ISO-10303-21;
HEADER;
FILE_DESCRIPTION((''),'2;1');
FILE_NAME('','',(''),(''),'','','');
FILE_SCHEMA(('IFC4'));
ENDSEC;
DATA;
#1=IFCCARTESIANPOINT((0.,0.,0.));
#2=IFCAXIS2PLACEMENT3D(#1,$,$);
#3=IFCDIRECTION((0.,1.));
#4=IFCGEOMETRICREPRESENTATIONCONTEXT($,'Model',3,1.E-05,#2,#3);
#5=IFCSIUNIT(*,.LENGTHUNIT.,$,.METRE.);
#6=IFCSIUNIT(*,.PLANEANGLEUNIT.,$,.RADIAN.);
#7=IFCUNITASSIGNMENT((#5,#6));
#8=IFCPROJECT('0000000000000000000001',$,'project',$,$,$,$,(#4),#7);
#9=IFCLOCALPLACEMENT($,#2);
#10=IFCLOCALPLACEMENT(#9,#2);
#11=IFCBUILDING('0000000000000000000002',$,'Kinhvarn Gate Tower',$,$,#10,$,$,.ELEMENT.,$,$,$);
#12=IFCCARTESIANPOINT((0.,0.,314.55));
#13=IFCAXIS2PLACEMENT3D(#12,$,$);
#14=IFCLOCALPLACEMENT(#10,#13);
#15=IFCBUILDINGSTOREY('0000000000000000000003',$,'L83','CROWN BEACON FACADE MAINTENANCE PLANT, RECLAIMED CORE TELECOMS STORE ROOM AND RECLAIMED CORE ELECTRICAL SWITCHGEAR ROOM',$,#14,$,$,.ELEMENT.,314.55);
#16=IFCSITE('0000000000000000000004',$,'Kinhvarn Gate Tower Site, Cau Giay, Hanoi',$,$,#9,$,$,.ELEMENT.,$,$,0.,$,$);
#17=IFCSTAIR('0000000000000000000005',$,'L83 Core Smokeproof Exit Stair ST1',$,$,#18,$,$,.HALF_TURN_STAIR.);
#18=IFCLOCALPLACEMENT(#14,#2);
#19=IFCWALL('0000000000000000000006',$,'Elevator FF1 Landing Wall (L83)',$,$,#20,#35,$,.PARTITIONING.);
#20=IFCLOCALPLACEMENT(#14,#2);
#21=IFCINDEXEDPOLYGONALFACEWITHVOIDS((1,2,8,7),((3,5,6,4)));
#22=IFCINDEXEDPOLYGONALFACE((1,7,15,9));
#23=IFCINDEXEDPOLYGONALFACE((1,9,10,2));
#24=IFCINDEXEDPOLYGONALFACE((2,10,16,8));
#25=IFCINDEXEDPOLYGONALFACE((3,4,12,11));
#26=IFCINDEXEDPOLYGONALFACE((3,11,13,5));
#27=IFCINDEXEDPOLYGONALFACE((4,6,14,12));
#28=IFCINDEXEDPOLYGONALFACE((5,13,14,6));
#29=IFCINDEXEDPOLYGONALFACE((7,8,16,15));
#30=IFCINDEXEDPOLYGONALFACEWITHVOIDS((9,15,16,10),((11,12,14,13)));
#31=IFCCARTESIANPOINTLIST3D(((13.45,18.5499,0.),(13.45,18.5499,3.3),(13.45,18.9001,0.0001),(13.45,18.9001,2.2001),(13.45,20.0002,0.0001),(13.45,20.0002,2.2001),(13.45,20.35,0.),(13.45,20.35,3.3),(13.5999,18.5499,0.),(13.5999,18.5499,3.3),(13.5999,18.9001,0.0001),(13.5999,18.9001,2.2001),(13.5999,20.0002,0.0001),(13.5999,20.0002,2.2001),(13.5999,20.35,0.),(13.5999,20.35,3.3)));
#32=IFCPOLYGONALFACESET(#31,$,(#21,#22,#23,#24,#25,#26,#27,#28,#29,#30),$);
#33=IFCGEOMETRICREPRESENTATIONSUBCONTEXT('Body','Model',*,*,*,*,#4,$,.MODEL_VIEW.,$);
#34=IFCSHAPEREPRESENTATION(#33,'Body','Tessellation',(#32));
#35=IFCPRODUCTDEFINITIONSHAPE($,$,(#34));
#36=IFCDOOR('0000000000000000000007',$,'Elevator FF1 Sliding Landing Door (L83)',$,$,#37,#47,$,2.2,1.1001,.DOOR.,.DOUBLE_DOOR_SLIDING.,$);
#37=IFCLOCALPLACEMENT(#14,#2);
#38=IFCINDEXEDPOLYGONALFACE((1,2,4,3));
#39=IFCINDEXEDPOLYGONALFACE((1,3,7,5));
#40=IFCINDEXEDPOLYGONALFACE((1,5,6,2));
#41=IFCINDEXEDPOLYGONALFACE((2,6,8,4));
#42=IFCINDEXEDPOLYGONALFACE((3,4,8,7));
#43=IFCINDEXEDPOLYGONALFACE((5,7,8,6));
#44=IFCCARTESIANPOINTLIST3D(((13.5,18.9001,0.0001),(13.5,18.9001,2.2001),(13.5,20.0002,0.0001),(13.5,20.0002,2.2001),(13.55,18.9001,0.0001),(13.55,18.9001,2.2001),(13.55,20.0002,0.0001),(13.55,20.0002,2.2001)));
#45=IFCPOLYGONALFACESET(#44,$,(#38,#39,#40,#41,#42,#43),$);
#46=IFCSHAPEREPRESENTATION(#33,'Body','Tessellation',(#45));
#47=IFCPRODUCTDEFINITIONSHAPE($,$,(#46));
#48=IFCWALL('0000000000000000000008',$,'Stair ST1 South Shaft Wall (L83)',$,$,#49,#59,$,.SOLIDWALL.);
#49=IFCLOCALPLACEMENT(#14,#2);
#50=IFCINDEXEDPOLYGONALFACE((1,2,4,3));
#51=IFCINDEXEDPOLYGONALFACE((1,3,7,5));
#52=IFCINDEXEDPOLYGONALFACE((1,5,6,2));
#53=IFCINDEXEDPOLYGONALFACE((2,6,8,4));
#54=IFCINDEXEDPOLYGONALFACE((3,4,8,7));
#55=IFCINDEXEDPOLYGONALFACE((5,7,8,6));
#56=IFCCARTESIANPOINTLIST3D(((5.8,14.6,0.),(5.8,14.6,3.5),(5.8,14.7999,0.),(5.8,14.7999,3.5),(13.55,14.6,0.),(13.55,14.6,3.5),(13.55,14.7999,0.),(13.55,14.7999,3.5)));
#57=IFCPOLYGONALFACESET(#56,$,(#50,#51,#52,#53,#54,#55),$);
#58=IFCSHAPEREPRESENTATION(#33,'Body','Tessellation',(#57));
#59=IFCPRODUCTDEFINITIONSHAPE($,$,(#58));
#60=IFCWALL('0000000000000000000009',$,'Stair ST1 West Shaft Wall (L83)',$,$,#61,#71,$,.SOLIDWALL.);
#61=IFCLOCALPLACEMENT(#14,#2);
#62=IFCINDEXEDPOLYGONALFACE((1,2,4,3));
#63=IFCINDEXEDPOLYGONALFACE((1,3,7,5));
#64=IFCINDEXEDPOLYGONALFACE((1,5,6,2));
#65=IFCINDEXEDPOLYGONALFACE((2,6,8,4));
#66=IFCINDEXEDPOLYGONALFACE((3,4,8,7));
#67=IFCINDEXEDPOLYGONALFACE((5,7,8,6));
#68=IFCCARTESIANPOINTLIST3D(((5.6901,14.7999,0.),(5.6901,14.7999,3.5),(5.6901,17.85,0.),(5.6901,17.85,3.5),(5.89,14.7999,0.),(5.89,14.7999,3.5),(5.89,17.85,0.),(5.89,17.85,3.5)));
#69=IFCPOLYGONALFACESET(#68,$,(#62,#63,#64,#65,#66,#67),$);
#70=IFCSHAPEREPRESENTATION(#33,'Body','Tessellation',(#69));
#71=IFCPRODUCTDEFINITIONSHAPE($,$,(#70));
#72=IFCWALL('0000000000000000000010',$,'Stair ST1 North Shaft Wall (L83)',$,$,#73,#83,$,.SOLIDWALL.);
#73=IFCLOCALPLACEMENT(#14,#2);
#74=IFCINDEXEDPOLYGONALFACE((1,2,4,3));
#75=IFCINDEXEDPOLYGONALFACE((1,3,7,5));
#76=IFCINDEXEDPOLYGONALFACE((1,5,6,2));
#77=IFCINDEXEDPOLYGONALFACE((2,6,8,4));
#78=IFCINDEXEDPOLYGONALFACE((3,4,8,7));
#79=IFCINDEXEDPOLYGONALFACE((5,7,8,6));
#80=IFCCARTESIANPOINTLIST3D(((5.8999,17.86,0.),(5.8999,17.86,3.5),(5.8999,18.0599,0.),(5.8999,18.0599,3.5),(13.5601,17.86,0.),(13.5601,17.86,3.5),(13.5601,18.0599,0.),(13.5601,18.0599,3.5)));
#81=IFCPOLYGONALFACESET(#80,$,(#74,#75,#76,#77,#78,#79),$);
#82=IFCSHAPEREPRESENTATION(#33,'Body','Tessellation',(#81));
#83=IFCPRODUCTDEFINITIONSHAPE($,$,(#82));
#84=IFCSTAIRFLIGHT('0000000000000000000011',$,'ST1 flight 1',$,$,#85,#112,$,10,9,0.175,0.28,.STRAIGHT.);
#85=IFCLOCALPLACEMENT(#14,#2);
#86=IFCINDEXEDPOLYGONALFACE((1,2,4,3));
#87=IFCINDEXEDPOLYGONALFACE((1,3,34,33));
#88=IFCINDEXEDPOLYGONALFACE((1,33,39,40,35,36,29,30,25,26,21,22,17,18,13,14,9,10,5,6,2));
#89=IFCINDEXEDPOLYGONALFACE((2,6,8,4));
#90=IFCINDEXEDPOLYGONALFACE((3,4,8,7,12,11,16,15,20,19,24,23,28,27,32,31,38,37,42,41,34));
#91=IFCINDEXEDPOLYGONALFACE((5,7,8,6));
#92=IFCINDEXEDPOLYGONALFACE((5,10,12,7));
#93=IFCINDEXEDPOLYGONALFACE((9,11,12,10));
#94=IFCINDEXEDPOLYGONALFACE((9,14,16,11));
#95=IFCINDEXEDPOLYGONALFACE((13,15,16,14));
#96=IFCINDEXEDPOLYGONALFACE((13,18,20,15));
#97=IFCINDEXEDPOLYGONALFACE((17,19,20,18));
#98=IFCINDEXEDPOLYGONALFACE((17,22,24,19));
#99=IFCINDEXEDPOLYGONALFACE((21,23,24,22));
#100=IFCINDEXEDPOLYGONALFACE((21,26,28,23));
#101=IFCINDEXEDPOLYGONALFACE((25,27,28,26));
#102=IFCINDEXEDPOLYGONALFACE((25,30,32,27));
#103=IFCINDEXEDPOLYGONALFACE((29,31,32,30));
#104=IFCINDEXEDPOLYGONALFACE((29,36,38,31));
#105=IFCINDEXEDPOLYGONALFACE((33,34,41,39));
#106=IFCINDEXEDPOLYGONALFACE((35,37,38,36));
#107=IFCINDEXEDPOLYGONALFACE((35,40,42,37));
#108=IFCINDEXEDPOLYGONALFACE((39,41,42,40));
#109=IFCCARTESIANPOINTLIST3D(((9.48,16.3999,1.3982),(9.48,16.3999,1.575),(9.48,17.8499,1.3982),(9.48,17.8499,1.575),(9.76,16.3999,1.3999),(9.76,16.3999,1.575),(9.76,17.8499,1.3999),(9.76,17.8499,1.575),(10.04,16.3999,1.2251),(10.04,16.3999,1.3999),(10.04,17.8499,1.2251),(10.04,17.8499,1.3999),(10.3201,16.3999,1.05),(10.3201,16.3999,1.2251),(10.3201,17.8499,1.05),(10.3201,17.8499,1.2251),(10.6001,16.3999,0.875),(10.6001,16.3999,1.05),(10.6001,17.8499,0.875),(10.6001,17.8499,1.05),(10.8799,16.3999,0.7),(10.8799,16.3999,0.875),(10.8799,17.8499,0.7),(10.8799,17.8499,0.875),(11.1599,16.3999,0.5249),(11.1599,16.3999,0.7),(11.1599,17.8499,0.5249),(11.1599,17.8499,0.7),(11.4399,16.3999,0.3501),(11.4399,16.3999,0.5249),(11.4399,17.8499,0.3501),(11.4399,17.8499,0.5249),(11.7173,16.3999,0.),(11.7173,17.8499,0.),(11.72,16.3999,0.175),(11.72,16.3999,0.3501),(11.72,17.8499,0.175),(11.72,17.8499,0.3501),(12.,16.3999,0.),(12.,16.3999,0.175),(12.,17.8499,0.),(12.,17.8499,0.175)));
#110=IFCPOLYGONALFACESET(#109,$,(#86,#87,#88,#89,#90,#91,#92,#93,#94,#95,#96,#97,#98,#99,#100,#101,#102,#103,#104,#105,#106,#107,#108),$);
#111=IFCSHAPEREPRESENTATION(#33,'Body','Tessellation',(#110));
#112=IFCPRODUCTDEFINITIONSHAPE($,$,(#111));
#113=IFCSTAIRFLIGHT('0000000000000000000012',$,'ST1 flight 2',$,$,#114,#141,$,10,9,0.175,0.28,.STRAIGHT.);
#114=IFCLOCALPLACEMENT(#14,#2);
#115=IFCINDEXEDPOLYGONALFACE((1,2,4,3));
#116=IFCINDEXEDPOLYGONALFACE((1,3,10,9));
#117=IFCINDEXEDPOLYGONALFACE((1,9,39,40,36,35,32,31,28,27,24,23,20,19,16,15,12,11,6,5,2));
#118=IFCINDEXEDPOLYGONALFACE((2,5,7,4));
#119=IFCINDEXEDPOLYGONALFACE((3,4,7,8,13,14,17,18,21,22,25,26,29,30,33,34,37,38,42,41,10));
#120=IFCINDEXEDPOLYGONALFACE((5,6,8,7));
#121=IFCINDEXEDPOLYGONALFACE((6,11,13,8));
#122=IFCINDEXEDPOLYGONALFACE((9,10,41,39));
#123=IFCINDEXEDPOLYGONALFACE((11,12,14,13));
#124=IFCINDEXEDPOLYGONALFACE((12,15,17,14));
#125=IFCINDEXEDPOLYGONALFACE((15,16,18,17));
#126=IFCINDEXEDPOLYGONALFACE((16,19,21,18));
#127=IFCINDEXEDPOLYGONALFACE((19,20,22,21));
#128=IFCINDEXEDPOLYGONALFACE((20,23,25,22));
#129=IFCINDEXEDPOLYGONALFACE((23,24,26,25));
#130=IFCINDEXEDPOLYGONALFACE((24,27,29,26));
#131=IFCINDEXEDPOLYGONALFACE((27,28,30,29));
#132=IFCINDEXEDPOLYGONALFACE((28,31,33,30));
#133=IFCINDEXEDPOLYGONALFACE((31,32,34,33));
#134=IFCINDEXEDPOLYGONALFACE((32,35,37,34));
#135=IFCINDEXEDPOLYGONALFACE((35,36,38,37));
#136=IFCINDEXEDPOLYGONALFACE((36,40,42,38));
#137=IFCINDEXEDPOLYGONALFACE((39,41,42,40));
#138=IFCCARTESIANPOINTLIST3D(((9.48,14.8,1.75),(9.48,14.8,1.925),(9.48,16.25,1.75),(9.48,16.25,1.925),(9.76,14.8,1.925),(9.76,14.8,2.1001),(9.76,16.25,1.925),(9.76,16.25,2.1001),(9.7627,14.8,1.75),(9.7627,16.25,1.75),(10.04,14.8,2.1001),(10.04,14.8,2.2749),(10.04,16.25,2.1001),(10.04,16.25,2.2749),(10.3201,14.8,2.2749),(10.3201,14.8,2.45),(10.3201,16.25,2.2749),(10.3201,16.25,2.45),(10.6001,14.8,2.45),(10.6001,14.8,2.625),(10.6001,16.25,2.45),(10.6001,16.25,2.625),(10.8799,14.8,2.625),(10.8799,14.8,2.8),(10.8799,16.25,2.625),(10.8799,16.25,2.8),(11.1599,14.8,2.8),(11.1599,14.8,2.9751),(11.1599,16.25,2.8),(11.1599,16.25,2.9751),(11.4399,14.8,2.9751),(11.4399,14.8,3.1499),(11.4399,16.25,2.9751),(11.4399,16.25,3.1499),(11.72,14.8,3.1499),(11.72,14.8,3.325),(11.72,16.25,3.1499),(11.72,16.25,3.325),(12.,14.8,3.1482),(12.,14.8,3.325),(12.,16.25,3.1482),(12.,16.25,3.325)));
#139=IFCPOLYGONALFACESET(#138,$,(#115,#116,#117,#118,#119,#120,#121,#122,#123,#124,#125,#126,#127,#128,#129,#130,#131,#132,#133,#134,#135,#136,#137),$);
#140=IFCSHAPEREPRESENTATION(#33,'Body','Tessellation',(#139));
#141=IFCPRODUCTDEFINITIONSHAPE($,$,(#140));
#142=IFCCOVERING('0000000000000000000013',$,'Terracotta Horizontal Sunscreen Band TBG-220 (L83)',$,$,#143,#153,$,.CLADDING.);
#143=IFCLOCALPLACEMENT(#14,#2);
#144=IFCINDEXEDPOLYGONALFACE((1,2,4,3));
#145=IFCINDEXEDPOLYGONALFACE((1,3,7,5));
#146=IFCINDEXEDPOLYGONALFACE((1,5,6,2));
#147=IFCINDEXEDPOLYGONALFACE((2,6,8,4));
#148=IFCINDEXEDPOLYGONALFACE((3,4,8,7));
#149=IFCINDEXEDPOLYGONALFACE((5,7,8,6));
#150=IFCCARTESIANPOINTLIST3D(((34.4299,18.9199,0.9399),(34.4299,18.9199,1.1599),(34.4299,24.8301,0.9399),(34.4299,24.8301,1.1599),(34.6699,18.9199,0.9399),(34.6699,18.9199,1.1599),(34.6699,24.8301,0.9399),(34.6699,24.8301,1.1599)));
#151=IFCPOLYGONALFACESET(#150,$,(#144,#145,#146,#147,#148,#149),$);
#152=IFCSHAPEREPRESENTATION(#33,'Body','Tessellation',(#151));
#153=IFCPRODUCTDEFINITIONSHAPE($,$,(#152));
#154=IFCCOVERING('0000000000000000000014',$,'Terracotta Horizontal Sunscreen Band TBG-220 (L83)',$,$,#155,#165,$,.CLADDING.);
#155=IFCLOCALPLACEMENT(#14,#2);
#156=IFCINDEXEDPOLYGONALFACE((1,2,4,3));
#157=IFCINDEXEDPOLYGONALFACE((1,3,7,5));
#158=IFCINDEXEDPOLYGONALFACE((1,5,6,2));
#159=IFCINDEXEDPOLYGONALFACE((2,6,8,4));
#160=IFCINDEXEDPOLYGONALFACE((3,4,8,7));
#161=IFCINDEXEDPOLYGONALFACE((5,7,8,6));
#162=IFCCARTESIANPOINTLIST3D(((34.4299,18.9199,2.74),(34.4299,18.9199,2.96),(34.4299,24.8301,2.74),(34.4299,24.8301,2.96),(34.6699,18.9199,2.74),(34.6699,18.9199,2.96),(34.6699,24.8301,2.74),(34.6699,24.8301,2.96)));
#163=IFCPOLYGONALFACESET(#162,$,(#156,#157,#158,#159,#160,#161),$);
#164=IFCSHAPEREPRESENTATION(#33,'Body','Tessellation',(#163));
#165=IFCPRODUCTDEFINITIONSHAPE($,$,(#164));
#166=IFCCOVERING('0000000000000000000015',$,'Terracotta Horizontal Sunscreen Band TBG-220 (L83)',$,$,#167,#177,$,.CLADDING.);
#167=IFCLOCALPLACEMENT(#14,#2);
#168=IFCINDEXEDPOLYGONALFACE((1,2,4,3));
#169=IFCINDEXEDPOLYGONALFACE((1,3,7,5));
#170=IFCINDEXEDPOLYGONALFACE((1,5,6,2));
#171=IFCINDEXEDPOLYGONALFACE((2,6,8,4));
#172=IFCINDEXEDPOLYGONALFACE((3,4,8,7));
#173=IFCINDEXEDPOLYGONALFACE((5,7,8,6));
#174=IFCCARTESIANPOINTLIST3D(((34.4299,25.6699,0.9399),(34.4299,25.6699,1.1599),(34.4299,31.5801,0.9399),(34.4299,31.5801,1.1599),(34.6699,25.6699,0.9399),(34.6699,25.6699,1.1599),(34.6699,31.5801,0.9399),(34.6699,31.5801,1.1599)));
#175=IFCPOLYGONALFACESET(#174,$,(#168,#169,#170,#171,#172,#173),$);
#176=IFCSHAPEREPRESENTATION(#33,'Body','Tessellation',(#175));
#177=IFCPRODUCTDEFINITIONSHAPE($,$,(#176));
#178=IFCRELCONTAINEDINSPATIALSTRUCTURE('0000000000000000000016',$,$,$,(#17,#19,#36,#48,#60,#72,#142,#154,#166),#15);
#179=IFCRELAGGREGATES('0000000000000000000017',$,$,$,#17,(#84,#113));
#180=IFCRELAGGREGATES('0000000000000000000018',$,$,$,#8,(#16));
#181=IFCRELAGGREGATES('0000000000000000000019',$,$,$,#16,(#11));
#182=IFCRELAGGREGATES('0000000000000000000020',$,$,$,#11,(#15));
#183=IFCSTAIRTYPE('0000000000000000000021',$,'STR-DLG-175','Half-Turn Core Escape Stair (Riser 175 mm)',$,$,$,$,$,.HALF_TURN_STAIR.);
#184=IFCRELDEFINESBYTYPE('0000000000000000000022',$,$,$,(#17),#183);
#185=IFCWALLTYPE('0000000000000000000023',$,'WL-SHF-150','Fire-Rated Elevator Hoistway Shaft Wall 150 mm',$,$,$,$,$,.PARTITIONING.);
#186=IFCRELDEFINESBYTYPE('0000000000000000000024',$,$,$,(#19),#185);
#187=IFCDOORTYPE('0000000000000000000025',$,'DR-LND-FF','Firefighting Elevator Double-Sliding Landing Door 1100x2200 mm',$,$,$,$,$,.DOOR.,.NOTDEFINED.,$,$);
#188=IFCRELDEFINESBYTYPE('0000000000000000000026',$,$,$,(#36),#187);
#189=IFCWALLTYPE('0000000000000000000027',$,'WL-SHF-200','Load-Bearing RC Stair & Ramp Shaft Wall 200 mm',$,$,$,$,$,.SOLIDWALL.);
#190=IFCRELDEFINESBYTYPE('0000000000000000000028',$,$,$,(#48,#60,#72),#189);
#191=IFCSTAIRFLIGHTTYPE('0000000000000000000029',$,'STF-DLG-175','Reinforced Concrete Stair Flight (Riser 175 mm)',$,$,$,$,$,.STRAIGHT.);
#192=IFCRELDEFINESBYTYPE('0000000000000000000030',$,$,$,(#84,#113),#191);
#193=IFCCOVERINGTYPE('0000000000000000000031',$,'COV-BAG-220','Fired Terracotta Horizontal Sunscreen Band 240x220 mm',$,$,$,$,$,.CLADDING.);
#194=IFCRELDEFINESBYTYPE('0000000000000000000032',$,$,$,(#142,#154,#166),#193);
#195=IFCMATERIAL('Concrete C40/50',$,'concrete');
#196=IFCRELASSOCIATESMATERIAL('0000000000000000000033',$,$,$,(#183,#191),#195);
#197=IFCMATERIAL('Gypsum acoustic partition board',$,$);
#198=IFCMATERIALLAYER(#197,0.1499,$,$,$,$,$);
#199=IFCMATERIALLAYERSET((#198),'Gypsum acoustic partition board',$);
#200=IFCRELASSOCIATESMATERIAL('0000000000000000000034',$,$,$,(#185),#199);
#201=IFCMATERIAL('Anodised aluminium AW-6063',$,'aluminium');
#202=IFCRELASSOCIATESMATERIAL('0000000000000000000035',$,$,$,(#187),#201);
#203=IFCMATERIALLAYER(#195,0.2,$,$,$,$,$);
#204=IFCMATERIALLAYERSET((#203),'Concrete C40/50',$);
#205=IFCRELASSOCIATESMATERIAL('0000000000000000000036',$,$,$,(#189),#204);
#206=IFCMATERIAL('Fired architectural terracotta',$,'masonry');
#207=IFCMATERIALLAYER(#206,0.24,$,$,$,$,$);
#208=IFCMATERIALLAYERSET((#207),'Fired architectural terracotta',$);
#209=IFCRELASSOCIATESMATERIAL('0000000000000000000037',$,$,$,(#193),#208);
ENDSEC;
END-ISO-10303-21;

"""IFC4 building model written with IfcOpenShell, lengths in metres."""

from ifc_helpers import new_model, si_unit, direction, frame, frame_2d, origin, place, context, subcontext, project, spatial, polyline, rectangle, outline, extrude, material, layer, layer_set, type_object, element, fill, aggregate, save


model = new_model("IFC4")

# Units and contexts
model_context = context("Model", 3, precision=1e-05, world=origin(), true_north=direction((0.0, 1.0)))
body_context = subcontext(model_context, "Body", "Model", "MODEL_VIEW")
ifc_project = project(units=[si_unit("LENGTHUNIT", "METRE"), si_unit("PLANEANGLEUNIT", "RADIAN")], contexts=[model_context])

# Site, building, storey
site_placement = place(None, origin())
site = spatial("IfcSite", under=ifc_project, at=site_placement, Name="Kinhvarn Gate Tower Site, Cau Giay, Hanoi", CompositionType="ELEMENT", RefElevation=0.0)
building_placement = place(site_placement, origin())
building = spatial("IfcBuilding", under=site, at=building_placement, Name="Kinhvarn Gate Tower", CompositionType="ELEMENT")
storey_placement = place(building_placement, frame((0.0, 0.0, 314.55)))
storey = spatial("IfcBuildingStorey", under=building, at=storey_placement, Name="L83", Description="CROWN BEACON FACADE MAINTENANCE PLANT, RECLAIMED CORE TELECOMS STORE ROOM AND RECLAIMED CORE ELECTRICAL SWITCHGEAR ROOM", CompositionType="ELEMENT", Elevation=314.55)

# Stair
ifc_material_1 = material(Name="Concrete C40/50", Category="concrete")
stair_type = type_object("IfcStairType", Name="STR-DLG-175", Description="Half-Turn Core Escape Stair (Riser 175 mm)", PredefinedType="HALF_TURN_STAIR", material=ifc_material_1)
stair_1_placement = place(storey_placement, origin())
stair_1 = element("IfcStair", 1, at=stair_1_placement, inside=storey, type_object=stair_type, Name="L83 Core Smokeproof Exit Stair ST1", PredefinedType="HALF_TURN_STAIR")

# Shared definitions
ifc_material_2 = material(Name="Fired architectural terracotta", Category="masonry")
ifc_material_3 = material(Name="Gypsum acoustic partition board")
ifc_layer_1 = layer(ifc_material_3, 0.1499)
ifc_layer_set_1 = layer_set([ifc_layer_1], Name="Gypsum acoustic partition board")
wall_type_1 = type_object("IfcWallType", Name="WL-SHF-150", Description="Fire-Rated Elevator Hoistway Shaft Wall 150 mm", PredefinedType="PARTITIONING", material=ifc_layer_set_1)

# Wall, opening, door
wall_1_placement = place(storey_placement, frame((13.5249, 18.55, 0.0), z_axis=(0.0, 0.0, 1.0), x_axis=(0.0, 1.0, 0.0)))
wall_1 = element("IfcWall", 2, at=wall_1_placement, inside=storey, type_object=wall_type_1, Name="Elevator FF1 Landing Wall (L83)", PredefinedType="PARTITIONING", context=body_context, shape_type="SweptSolid", body=[
    extrude(rectangle(XDim=1.8, YDim=0.1499, at=frame_2d((0.8999, 0.0))), origin(), (0.0, 0.0, 1.0), 3.3),
])
opening_placement = place(wall_1_placement, frame((0.3501, 0.0, 0.0)))
opening = element("IfcOpeningElement", 3, at=opening_placement, cuts=wall_1, PredefinedType="OPENING", context=body_context, shape_type="SweptSolid", body=[
    extrude(rectangle(XDim=1.1001, YDim=2.2, at=frame_2d((0.55, 1.1001))), frame((0.0, 0.085, 0.0), z_axis=(0.0, -1.0, 0.0), x_axis=(1.0, 0.0, 0.0)), (0.0, 0.0, 1.0), 0.1699),
])
ifc_material_4 = material(Name="Anodised aluminium AW-6063", Category="aluminium")
door_type = type_object("IfcDoorType", Name="DR-LND-FF", Description="Firefighting Elevator Double-Sliding Landing Door 1100x2200 mm", OperationType="NOTDEFINED", PredefinedType="DOOR", material=ifc_material_4)
door_placement = place(opening_placement, origin())
door = element("IfcDoor", 4, at=door_placement, inside=storey, type_object=door_type, Name="Elevator FF1 Sliding Landing Door (L83)", OperationType="DOUBLE_DOOR_SLIDING", OverallHeight=2.2, OverallWidth=1.1001, PredefinedType="DOOR", context=body_context, shape_type="SweptSolid", body=[
    extrude(rectangle(XDim=1.1001, YDim=2.2, at=frame_2d((0.55, 1.1001))), frame((0.0, 0.0249, 0.0), z_axis=(0.0, -1.0, 0.0), x_axis=(1.0, 0.0, 0.0)), (0.0, 0.0, 1.0), 0.05),
])
fill(opening, door)

# Walls
ifc_layer_2 = layer(ifc_material_1, 0.2)
ifc_layer_set_2 = layer_set([ifc_layer_2], Name="Concrete C40/50")
wall_type_2 = type_object("IfcWallType", Name="WL-SHF-200", Description="Load-Bearing RC Stair & Ramp Shaft Wall 200 mm", PredefinedType="SOLIDWALL", material=ifc_layer_set_2)
wall_2_placement = place(storey_placement, frame((5.8, 14.7, 0.0), z_axis=(0.0, 0.0, 1.0), x_axis=(1.0, 0.0, 0.0)))
element("IfcWall", 5, at=wall_2_placement, inside=storey, type_object=wall_type_2, Name="Stair ST1 South Shaft Wall (L83)", PredefinedType="SOLIDWALL", context=body_context, shape_type="SweptSolid", body=[
    extrude(rectangle(XDim=7.75, YDim=0.2, at=frame_2d((3.875, 0.0))), origin(), (0.0, 0.0, 1.0), 3.5),
])
wall_3_placement = place(storey_placement, frame((5.79, 14.8, 0.0), z_axis=(0.0, 0.0, 1.0), x_axis=(0.0, 1.0, 0.0)))
element("IfcWall", 6, at=wall_3_placement, inside=storey, type_object=wall_type_2, Name="Stair ST1 West Shaft Wall (L83)", PredefinedType="SOLIDWALL", context=body_context, shape_type="SweptSolid", body=[
    extrude(rectangle(XDim=3.05, YDim=0.2, at=frame_2d((1.5249, 0.0))), origin(), (0.0, 0.0, 1.0), 3.5),
])
wall_4_placement = place(storey_placement, frame((5.8999, 17.96, 0.0), z_axis=(0.0, 0.0, 1.0), x_axis=(1.0, 0.0, 0.0)))
element("IfcWall", 7, at=wall_4_placement, inside=storey, type_object=wall_type_2, Name="Stair ST1 North Shaft Wall (L83)", PredefinedType="SOLIDWALL", context=body_context, shape_type="SweptSolid", body=[
    extrude(rectangle(XDim=7.6602, YDim=0.2, at=frame_2d((3.8301, 0.0))), origin(), (0.0, 0.0, 1.0), 3.5),
])

# Stair flights
stair_flight_type = type_object("IfcStairFlightType", Name="STF-DLG-175", Description="Reinforced Concrete Stair Flight (Riser 175 mm)", PredefinedType="STRAIGHT", material=ifc_material_1)
stair_flight_1_placement = place(storey_placement, frame((12.0, 17.125, 0.0), z_axis=(0.0, 0.0, 1.0), x_axis=(-1.0, 0.0, 0.0)))
stair_flight_1 = element("IfcStairFlight", 8, at=stair_flight_1_placement, type_object=stair_flight_type, Name="ST1 flight 1", NumberOfRisers=10, NumberOfTreads=9, PredefinedType="STRAIGHT", RiserHeight=0.175, TreadLength=0.28, context=body_context, shape_type="SweptSolid", body=[
    extrude(outline(polyline([(0.0, 0.0), (0.0, 0.175), (0.28, 0.175), (0.28, 0.3501), (0.5601, 0.3501), (0.5601, 0.5249), (0.8401, 0.5249), (0.8401, 0.7), (1.1201, 0.7), (1.1201, 0.875), (1.3999, 0.875), (1.3999, 1.05), (1.6799, 1.05), (1.6799, 1.2251), (1.96, 1.2251), (1.96, 1.3999), (2.24, 1.3999), (2.24, 1.575), (2.52, 1.575), (2.52, 1.75), (2.52, 1.3982), (0.2827, 0.0), (0.0, 0.0)])), frame((0.0, 0.7251, 0.0), z_axis=(0.0, -1.0, 0.0), x_axis=(1.0, 0.0, 0.0)), (0.0, 0.0, 1.0), 1.45),
])
stair_flight_2_placement = place(storey_placement, frame((9.48, 15.5249, 1.75), z_axis=(0.0, 0.0, 1.0), x_axis=(1.0, 0.0, 0.0)))
stair_flight_2 = element("IfcStairFlight", 9, at=stair_flight_2_placement, type_object=stair_flight_type, Name="ST1 flight 2", NumberOfRisers=10, NumberOfTreads=9, PredefinedType="STRAIGHT", RiserHeight=0.175, TreadLength=0.28, context=body_context, shape_type="SweptSolid", body=[
    extrude(outline(polyline([(0.0, 0.0), (0.0, 0.175), (0.28, 0.175), (0.28, 0.3501), (0.5601, 0.3501), (0.5601, 0.5249), (0.8401, 0.5249), (0.8401, 0.7), (1.1201, 0.7), (1.1201, 0.875), (1.3999, 0.875), (1.3999, 1.05), (1.6799, 1.05), (1.6799, 1.2251), (1.96, 1.2251), (1.96, 1.3999), (2.24, 1.3999), (2.24, 1.575), (2.52, 1.575), (2.52, 1.75), (2.52, 1.3982), (0.2827, 0.0), (0.0, 0.0)])), frame((0.0, 0.7251, 0.0), z_axis=(0.0, -1.0, 0.0), x_axis=(1.0, 0.0, 0.0)), (0.0, 0.0, 1.0), 1.45),
])
aggregate(stair_1, [stair_flight_1, stair_flight_2])

# Coverings
ifc_layer_3 = layer(ifc_material_2, 0.24)
ifc_layer_set_3 = layer_set([ifc_layer_3], Name="Fired architectural terracotta")
covering_type_1 = type_object("IfcCoveringType", Name="COV-BAG-220", Description="Fired Terracotta Horizontal Sunscreen Band 240x220 mm", PredefinedType="CLADDING", material=ifc_layer_set_3)
for number, where, name in (
    (10, (0.0, 0.0, 0.9399), "Terracotta Horizontal Sunscreen Band TBG-220 (L83)"),
    (11, (0.0, 0.0, 2.74), "Terracotta Horizontal Sunscreen Band TBG-220 (L83)"),
):
    element("IfcCovering", number, at=place(storey_placement, frame(where)), inside=storey, type_object=covering_type_1, Name=name, PredefinedType="CLADDING", context=body_context, shape_type="SweptSolid", body=[
        extrude(outline(polyline([(34.4299, 18.9199), (34.4299, 24.8301), (34.6699, 24.8301), (34.6699, 18.9199), (34.4299, 18.9199)])), origin(), (0.0, 0.0, 1.0), 0.22),
    ])
for number, where, name in (
    (12, (0.0, 0.0, 0.9399), "Terracotta Horizontal Sunscreen Band TBG-220 (L83)"),
):
    element("IfcCovering", number, at=place(storey_placement, frame(where)), inside=storey, type_object=covering_type_1, Name=name, PredefinedType="CLADDING", context=body_context, shape_type="SweptSolid", body=[
        extrude(outline(polyline([(34.4299, 25.6699), (34.4299, 31.5801), (34.6699, 31.5801), (34.6699, 25.6699), (34.4299, 25.6699)])), origin(), (0.0, 0.0, 1.0), 0.22),
    ])

save(model, "model.ifc")
